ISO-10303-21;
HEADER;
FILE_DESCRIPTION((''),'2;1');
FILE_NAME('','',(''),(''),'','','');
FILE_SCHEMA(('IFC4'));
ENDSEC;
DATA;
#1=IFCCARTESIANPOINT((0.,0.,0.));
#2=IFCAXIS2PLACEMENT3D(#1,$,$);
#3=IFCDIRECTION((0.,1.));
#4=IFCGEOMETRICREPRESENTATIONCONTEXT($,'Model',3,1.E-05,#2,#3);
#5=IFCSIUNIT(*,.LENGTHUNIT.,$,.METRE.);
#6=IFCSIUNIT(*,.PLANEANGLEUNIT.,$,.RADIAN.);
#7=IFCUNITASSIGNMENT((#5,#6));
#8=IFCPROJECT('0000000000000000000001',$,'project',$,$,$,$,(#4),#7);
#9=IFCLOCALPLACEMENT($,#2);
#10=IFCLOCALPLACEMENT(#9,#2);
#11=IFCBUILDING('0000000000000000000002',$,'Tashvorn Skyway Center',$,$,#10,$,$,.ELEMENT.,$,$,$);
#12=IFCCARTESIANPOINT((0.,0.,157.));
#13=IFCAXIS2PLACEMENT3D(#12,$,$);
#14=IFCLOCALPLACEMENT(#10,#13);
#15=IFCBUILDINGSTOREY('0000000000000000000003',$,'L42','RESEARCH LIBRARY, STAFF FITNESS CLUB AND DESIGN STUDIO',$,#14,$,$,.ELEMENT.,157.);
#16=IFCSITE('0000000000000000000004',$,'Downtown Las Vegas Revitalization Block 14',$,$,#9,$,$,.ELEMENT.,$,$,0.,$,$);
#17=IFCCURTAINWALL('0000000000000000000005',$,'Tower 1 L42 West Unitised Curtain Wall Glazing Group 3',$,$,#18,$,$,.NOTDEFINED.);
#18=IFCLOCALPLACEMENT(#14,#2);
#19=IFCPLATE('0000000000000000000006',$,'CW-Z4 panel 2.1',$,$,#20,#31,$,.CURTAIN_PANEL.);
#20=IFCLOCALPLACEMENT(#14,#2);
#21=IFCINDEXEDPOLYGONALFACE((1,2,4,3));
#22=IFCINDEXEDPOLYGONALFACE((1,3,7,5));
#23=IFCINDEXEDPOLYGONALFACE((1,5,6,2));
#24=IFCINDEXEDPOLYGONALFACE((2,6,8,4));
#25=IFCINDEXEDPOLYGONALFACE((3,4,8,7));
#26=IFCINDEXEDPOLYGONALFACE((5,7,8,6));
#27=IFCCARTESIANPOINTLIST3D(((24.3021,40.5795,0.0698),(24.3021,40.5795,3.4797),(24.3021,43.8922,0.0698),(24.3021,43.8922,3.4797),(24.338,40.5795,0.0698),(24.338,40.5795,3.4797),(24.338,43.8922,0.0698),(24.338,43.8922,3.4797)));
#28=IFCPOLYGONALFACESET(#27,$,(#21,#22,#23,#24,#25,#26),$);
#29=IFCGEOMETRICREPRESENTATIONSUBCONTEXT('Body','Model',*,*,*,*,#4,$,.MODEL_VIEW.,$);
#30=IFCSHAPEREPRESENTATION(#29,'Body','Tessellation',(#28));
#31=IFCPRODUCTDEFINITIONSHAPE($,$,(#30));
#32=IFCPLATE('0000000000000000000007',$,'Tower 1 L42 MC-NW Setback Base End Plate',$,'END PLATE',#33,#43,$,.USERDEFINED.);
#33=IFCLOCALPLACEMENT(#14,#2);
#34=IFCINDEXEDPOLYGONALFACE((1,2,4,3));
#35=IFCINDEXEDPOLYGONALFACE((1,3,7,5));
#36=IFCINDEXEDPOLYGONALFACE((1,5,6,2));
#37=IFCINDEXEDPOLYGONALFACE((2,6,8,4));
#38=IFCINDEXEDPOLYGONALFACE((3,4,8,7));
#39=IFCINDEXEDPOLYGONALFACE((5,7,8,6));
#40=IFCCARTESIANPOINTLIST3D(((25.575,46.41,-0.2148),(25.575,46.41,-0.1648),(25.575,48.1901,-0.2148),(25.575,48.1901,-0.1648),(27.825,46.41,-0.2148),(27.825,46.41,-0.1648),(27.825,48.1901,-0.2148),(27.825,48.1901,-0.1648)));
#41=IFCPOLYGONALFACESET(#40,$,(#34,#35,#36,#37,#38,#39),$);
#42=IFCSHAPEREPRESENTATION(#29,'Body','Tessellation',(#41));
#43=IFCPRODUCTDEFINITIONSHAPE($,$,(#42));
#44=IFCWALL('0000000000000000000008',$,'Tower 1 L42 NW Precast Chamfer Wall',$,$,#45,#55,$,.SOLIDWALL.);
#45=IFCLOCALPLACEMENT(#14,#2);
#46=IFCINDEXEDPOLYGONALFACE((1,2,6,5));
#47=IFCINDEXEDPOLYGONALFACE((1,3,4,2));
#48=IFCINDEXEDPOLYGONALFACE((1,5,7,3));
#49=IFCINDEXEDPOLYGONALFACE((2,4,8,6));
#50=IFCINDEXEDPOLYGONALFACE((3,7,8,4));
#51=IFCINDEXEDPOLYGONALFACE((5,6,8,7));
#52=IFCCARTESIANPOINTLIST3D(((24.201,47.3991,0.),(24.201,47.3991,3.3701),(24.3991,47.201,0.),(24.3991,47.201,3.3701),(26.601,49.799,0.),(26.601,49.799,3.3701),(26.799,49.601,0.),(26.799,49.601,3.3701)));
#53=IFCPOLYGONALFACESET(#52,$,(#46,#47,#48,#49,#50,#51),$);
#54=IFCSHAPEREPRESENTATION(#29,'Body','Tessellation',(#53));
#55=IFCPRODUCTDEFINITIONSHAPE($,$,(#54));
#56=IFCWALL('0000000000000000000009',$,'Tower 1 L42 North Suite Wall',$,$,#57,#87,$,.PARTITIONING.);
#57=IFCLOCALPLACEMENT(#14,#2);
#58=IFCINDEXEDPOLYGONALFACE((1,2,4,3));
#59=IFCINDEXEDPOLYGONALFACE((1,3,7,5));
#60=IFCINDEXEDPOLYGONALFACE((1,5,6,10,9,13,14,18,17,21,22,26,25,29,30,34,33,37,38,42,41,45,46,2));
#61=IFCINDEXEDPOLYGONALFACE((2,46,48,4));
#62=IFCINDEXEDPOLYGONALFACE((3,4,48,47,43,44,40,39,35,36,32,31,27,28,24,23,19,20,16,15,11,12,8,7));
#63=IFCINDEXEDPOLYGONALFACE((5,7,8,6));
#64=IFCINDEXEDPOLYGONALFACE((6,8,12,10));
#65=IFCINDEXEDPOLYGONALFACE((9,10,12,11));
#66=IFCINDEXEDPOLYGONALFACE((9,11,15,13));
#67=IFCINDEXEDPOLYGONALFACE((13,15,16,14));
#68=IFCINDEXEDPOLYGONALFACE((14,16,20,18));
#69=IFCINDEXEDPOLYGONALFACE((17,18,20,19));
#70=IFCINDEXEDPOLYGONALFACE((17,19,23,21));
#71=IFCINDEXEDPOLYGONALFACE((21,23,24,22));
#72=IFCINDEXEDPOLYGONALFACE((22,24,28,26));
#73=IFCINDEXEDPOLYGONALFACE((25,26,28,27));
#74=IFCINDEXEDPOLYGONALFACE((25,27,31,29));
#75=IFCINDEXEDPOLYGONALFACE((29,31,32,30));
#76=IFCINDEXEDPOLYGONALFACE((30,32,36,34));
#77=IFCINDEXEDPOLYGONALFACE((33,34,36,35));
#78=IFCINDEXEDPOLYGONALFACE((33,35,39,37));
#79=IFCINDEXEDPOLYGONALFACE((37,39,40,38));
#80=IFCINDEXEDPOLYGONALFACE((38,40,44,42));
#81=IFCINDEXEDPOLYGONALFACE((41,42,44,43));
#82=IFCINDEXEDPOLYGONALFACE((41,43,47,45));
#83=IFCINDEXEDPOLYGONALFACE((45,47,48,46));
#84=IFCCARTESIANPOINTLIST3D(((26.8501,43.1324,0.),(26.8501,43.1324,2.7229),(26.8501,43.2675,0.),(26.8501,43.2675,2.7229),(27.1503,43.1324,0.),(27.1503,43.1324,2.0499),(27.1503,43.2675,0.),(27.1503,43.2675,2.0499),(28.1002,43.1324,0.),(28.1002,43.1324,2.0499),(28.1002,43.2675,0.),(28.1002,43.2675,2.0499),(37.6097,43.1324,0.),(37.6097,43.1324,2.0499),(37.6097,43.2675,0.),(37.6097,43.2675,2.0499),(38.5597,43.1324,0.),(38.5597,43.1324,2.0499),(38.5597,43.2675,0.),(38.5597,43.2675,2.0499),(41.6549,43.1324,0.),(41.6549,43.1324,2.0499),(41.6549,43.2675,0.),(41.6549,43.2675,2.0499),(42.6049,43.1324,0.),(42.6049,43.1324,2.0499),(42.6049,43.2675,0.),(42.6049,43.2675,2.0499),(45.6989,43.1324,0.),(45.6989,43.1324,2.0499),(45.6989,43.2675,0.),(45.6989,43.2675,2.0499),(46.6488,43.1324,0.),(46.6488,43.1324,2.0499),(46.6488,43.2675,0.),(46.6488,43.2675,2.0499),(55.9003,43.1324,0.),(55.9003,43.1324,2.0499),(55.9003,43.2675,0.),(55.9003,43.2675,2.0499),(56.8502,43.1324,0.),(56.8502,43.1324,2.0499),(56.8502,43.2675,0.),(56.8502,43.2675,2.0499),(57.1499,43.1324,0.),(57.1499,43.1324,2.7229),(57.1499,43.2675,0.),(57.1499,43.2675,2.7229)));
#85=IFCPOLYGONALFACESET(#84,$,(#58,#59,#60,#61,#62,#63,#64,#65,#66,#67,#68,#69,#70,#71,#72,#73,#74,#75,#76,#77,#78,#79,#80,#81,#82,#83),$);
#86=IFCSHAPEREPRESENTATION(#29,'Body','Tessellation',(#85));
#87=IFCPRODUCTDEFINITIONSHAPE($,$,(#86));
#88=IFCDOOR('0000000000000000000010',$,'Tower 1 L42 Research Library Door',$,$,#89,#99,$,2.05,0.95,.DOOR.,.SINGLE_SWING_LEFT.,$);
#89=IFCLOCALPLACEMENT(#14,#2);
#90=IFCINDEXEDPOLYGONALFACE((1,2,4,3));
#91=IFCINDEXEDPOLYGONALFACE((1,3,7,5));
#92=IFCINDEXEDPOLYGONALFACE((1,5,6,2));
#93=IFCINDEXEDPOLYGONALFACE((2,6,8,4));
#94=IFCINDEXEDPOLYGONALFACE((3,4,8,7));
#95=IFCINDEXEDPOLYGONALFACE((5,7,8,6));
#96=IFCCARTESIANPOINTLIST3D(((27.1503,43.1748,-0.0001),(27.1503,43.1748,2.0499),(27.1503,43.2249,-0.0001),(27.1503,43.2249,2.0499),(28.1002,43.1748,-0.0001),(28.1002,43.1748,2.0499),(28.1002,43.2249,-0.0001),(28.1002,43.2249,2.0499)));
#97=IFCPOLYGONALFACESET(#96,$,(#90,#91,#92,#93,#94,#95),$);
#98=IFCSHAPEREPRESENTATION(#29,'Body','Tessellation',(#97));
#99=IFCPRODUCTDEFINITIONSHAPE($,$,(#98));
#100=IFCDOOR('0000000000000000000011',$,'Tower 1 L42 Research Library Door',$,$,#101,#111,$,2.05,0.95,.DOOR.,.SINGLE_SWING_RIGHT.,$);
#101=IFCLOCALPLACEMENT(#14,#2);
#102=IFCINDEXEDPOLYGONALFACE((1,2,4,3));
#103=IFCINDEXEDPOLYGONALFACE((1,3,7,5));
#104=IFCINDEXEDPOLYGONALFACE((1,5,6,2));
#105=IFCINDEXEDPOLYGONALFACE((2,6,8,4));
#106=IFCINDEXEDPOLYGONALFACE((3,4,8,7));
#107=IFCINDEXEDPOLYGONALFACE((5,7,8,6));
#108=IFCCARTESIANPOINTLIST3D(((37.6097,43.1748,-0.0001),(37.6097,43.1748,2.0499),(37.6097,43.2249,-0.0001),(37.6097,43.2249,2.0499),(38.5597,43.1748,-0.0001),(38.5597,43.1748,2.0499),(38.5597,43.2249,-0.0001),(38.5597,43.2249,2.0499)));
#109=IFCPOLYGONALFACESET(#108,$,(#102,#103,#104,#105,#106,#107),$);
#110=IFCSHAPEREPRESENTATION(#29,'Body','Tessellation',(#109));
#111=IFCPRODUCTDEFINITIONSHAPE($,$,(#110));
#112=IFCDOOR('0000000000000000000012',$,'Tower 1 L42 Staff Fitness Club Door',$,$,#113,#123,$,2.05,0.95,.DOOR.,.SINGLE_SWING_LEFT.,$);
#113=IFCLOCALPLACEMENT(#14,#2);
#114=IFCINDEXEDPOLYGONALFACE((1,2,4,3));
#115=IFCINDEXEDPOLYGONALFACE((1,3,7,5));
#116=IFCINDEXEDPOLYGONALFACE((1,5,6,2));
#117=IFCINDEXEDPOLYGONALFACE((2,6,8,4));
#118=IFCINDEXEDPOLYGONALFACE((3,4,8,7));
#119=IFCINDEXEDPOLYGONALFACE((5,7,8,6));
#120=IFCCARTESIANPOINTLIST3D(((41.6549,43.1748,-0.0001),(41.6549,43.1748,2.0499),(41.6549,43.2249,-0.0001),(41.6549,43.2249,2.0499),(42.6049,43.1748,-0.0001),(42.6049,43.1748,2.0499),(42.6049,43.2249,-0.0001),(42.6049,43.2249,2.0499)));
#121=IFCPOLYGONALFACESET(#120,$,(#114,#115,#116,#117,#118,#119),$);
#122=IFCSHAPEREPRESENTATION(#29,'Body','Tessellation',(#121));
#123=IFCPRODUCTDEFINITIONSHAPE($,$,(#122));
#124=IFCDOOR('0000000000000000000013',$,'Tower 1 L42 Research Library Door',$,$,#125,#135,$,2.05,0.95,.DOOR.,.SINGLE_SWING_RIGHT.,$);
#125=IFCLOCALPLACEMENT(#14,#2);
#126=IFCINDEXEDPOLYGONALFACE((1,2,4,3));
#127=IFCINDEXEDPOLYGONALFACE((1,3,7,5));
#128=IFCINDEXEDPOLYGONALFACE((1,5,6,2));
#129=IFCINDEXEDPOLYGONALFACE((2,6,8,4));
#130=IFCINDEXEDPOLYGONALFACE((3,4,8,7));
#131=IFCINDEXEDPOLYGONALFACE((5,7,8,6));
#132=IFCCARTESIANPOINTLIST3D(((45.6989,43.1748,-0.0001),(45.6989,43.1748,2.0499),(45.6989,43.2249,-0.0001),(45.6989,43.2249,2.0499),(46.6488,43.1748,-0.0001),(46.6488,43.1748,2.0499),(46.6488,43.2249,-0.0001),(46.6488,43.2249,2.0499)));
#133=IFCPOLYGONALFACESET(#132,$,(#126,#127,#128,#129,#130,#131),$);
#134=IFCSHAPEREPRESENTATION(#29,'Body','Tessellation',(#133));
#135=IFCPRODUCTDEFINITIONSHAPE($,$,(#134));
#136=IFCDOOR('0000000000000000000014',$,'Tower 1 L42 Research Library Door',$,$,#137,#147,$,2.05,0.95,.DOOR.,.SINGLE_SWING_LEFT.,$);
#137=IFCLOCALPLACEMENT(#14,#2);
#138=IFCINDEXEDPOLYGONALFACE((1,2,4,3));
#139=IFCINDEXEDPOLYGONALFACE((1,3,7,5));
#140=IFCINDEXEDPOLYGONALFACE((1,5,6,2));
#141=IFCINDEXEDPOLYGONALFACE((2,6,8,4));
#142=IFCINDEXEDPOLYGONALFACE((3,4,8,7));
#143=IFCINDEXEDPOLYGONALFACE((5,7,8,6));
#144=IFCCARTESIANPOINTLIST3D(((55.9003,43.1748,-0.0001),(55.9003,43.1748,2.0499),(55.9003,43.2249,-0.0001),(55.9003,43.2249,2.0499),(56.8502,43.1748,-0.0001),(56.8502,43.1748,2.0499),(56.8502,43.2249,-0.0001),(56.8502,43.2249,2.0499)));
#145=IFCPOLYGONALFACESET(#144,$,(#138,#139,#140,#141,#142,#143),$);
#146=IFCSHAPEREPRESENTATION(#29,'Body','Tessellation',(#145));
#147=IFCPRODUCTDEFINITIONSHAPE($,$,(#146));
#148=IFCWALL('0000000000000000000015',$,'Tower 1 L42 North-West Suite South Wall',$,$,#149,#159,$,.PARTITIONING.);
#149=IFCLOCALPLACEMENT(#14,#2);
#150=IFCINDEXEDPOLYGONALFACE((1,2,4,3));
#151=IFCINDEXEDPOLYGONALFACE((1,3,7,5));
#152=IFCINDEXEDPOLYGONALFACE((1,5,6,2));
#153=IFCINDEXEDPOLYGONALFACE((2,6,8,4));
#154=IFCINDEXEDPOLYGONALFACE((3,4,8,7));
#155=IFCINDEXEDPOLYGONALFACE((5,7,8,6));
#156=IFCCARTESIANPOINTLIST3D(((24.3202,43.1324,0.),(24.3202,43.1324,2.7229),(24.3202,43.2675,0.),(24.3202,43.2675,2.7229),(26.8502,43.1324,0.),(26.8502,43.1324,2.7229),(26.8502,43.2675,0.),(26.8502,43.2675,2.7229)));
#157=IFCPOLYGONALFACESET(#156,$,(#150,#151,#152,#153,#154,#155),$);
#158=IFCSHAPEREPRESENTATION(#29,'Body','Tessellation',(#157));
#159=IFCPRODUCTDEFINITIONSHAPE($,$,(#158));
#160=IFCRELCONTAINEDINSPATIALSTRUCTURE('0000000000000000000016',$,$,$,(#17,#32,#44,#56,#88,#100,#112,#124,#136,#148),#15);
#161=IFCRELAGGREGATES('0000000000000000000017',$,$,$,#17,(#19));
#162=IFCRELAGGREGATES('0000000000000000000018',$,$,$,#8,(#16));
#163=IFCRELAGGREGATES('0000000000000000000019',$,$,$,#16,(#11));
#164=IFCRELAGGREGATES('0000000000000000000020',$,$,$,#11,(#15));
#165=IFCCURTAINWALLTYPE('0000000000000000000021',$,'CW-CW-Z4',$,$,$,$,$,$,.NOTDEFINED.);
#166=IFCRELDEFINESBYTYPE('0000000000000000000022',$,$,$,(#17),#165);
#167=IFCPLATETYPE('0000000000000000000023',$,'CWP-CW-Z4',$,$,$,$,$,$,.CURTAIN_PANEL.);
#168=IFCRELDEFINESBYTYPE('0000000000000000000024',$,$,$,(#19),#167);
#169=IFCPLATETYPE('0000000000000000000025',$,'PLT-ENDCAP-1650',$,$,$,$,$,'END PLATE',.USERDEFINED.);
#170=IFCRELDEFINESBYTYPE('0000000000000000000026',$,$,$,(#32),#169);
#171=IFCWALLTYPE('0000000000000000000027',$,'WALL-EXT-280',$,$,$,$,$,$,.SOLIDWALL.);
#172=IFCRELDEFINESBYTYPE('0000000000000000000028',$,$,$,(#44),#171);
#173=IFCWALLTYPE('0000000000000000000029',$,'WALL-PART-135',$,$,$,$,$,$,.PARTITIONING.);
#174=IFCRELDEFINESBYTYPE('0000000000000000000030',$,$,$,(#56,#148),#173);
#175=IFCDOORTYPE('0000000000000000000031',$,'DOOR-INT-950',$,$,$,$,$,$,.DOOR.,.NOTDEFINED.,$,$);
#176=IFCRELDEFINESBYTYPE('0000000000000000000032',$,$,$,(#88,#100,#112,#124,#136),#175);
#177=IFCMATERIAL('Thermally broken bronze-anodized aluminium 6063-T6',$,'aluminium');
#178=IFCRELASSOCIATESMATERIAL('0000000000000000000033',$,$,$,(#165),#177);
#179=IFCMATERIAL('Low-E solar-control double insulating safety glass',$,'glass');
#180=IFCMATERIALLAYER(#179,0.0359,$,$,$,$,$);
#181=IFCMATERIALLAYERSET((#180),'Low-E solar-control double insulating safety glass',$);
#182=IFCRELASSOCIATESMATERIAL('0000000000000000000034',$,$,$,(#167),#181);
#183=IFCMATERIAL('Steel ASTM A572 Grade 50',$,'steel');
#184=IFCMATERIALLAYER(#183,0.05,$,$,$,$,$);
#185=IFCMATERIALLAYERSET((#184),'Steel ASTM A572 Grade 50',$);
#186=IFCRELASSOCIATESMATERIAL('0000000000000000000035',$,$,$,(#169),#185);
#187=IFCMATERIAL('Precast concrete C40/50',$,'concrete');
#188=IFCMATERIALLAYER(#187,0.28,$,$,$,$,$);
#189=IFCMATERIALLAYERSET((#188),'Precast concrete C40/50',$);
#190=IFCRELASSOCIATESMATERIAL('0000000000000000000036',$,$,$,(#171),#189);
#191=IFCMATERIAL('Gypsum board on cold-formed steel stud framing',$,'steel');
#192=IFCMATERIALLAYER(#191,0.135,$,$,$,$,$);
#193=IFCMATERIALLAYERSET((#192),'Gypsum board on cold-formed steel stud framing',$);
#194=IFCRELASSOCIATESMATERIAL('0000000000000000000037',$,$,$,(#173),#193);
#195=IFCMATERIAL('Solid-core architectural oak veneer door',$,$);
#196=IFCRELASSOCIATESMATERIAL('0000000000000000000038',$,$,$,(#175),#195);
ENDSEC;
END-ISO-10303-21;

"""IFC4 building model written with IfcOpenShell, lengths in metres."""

from ifc_helpers import new_model, si_unit, direction, frame, frame_2d, origin, origin_2d, place, context, subcontext, project, spatial, rectangle, extrude, material, layer, layer_set, type_object, element, fill, aggregate, save


model = new_model("IFC4")

# Units and contexts
model_context = context("Model", 3, precision=1e-05, world=origin(), true_north=direction((0.0, 1.0)))
body_context = subcontext(model_context, "Body", "Model", "MODEL_VIEW")
ifc_project = project(units=[si_unit("LENGTHUNIT", "METRE"), si_unit("PLANEANGLEUNIT", "RADIAN")], contexts=[model_context])

# Site, building, storey
site_placement = place(None, origin())
site = spatial("IfcSite", under=ifc_project, at=site_placement, Name="Downtown Las Vegas Revitalization Block 14", CompositionType="ELEMENT", RefElevation=0.0)
building_placement = place(site_placement, origin())
building = spatial("IfcBuilding", under=site, at=building_placement, Name="Tashvorn Skyway Center", CompositionType="ELEMENT")
storey_placement = place(building_placement, frame((0.0, 0.0, 157.0)))
storey = spatial("IfcBuildingStorey", under=building, at=storey_placement, Name="L42", Description="RESEARCH LIBRARY, STAFF FITNESS CLUB AND DESIGN STUDIO", CompositionType="ELEMENT", Elevation=157.0)

# Shared definitions
ifc_material_1 = material(Name="Steel ASTM A572 Grade 50", Category="steel")

# Curtain wall
ifc_material_2 = material(Name="Thermally broken bronze-anodized aluminium 6063-T6", Category="aluminium")
curtain_wall_type = type_object("IfcCurtainWallType", Name="CW-CW-Z4", PredefinedType="NOTDEFINED", material=ifc_material_2)
curtain_wall_placement = place(storey_placement, origin())
curtain_wall = element("IfcCurtainWall", 1, at=curtain_wall_placement, inside=storey, type_object=curtain_wall_type, Name="Tower 1 L42 West Unitised Curtain Wall Glazing Group 3", PredefinedType="NOTDEFINED")

# Plates
ifc_material_3 = material(Name="Low-E solar-control double insulating safety glass", Category="glass")
ifc_layer_1 = layer(ifc_material_3, 0.0359)
ifc_layer_set_1 = layer_set([ifc_layer_1], Name="Low-E solar-control double insulating safety glass")
plate_type_1 = type_object("IfcPlateType", Name="CWP-CW-Z4", PredefinedType="CURTAIN_PANEL", material=ifc_layer_set_1)
plate_1_placement = place(storey_placement, frame((24.3201, 42.2358, 0.0698), z_axis=(0.0, 0.0, 1.0), x_axis=(0.0, 1.0, 0.0)))
plate_1 = element("IfcPlate", 2, at=plate_1_placement, type_object=plate_type_1, Name="CW-Z4 panel 2.1", PredefinedType="CURTAIN_PANEL", context=body_context, shape_type="SweptSolid", body=[
    extrude(rectangle(XDim=3.3127, YDim=0.0359, at=origin_2d()), origin(), (0.0, 0.0, 1.0), 3.4099),
])
aggregate(curtain_wall, [plate_1])
ifc_layer_2 = layer(ifc_material_1, 0.05)
ifc_layer_set_2 = layer_set([ifc_layer_2], Name="Steel ASTM A572 Grade 50")
plate_type_2 = type_object("IfcPlateType", Name="PLT-ENDCAP-1650", ElementType="END PLATE", PredefinedType="USERDEFINED", material=ifc_layer_set_2)
plate_2_placement = place(storey_placement, frame((26.7, 47.3, -0.2148), z_axis=(0.0, 0.0, 1.0), x_axis=(1.0, 0.0, 0.0)))
element("IfcPlate", 3, at=plate_2_placement, inside=storey, type_object=plate_type_2, Name="Tower 1 L42 MC-NW Setback Base End Plate", ObjectType="END PLATE", PredefinedType="USERDEFINED", context=body_context, shape_type="SweptSolid", body=[
    extrude(rectangle(XDim=2.25, YDim=1.78, at=origin_2d()), origin(), (0.0, 0.0, 1.0), 0.05),
])

# Wall
ifc_material_4 = material(Name="Precast concrete C40/50", Category="concrete")
ifc_layer_3 = layer(ifc_material_4, 0.28)
ifc_layer_set_3 = layer_set([ifc_layer_3], Name="Precast concrete C40/50")
wall_type_1 = type_object("IfcWallType", Name="WALL-EXT-280", PredefinedType="SOLIDWALL", material=ifc_layer_set_3)
wall_1_placement = place(storey_placement, frame((24.3, 47.3, 0.0), z_axis=(0.0, 0.0, 1.0), x_axis=(0.707107, 0.707107, 0.0)))
element("IfcWall", 4, at=wall_1_placement, inside=storey, type_object=wall_type_1, Name="Tower 1 L42 NW Precast Chamfer Wall", PredefinedType="SOLIDWALL", context=body_context, shape_type="SweptSolid", body=[
    extrude(rectangle(XDim=3.394, YDim=0.28, at=frame_2d((1.697, 0.0))), origin(), (0.0, 0.0, 1.0), 3.3701),
])

# Wall, openings, doors
ifc_material_5 = material(Name="Gypsum board on cold-formed steel stud framing", Category="steel")
ifc_layer_4 = layer(ifc_material_5, 0.135)
ifc_layer_set_4 = layer_set([ifc_layer_4], Name="Gypsum board on cold-formed steel stud framing")
wall_type_2 = type_object("IfcWallType", Name="WALL-PART-135", PredefinedType="PARTITIONING", material=ifc_layer_set_4)
wall_2_placement = place(storey_placement, frame((26.8501, 43.2, 0.0), z_axis=(0.0, 0.0, 1.0), x_axis=(1.0, 0.0, 0.0)))
wall_2 = element("IfcWall", 5, at=wall_2_placement, inside=storey, type_object=wall_type_2, Name="Tower 1 L42 North Suite Wall", PredefinedType="PARTITIONING", context=body_context, shape_type="SweptSolid", body=[
    extrude(rectangle(XDim=30.2998, YDim=0.135, at=frame_2d((15.1499, 0.0))), origin(), (0.0, 0.0, 1.0), 2.7229),
])
opening_1_placement = place(wall_2_placement, frame((0.3, 0.0, 0.0)))
opening_1 = element("IfcOpeningElement", 6, at=opening_1_placement, cuts=wall_2, PredefinedType="OPENING", context=body_context, shape_type="SweptSolid", body=[
    extrude(rectangle(XDim=0.95, YDim=2.05, at=frame_2d((0.4751, 1.0249))), frame((0.0, 0.0774, 0.0), z_axis=(0.0, -1.0, 0.0), x_axis=(1.0, 0.0, 0.0)), (0.0, 0.0, 1.0), 0.155),
])
opening_2_placement = place(wall_2_placement, frame((10.7595, 0.0, 0.0)))
opening_2 = element("IfcOpeningElement", 7, at=opening_2_placement, cuts=wall_2, PredefinedType="OPENING", context=body_context, shape_type="SweptSolid", body=[
    extrude(rectangle(XDim=0.95, YDim=2.05, at=frame_2d((0.4751, 1.0249))), frame((0.0, 0.0774, 0.0), z_axis=(0.0, -1.0, 0.0), x_axis=(1.0, 0.0, 0.0)), (0.0, 0.0, 1.0), 0.155),
])
opening_3_placement = place(wall_2_placement, frame((14.8047, 0.0, 0.0)))
opening_3 = element("IfcOpeningElement", 8, at=opening_3_placement, cuts=wall_2, PredefinedType="OPENING", context=body_context, shape_type="SweptSolid", body=[
    extrude(rectangle(XDim=0.95, YDim=2.05, at=frame_2d((0.4751, 1.0249))), frame((0.0, 0.0774, 0.0), z_axis=(0.0, -1.0, 0.0), x_axis=(1.0, 0.0, 0.0)), (0.0, 0.0, 1.0), 0.155),
])
opening_4_placement = place(wall_2_placement, frame((18.8486, 0.0, 0.0)))
opening_4 = element("IfcOpeningElement", 9, at=opening_4_placement, cuts=wall_2, PredefinedType="OPENING", context=body_context, shape_type="SweptSolid", body=[
    extrude(rectangle(XDim=0.95, YDim=2.05, at=frame_2d((0.4751, 1.0249))), frame((0.0, 0.0774, 0.0), z_axis=(0.0, -1.0, 0.0), x_axis=(1.0, 0.0, 0.0)), (0.0, 0.0, 1.0), 0.155),
])
opening_5_placement = place(wall_2_placement, frame((29.05, 0.0, 0.0)))
opening_5 = element("IfcOpeningElement", 10, at=opening_5_placement, cuts=wall_2, PredefinedType="OPENING", context=body_context, shape_type="SweptSolid", body=[
    extrude(rectangle(XDim=0.95, YDim=2.05, at=frame_2d((0.4751, 1.0249))), frame((0.0, 0.0774, 0.0), z_axis=(0.0, -1.0, 0.0), x_axis=(1.0, 0.0, 0.0)), (0.0, 0.0, 1.0), 0.155),
])
ifc_material_6 = material(Name="Solid-core architectural oak veneer door")
door_type = type_object("IfcDoorType", Name="DOOR-INT-950", OperationType="NOTDEFINED", PredefinedType="DOOR", material=ifc_material_6)
door_1_placement = place(opening_1_placement, origin())
door_1 = element("IfcDoor", 11, at=door_1_placement, inside=storey, type_object=door_type, Name="Tower 1 L42 Research Library Door", OperationType="SINGLE_SWING_LEFT", OverallHeight=2.05, OverallWidth=0.95, PredefinedType="DOOR", context=body_context, shape_type="SweptSolid", body=[
    extrude(rectangle(XDim=0.95, YDim=2.05, at=frame_2d((0.4751, 1.0249))), frame((0.0, 0.0249, 0.0), z_axis=(0.0, -1.0, 0.0), x_axis=(1.0, 0.0, 0.0)), (0.0, 0.0, 1.0), 0.05),
])
fill(opening_1, door_1)
door_2_placement = place(opening_2_placement, origin())
door_2 = element("IfcDoor", 12, at=door_2_placement, inside=storey, type_object=door_type, Name="Tower 1 L42 Research Library Door", OperationType="SINGLE_SWING_RIGHT", OverallHeight=2.05, OverallWidth=0.95, PredefinedType="DOOR", context=body_context, shape_type="SweptSolid", body=[
    extrude(rectangle(XDim=0.95, YDim=2.05, at=frame_2d((0.4751, 1.0249))), frame((0.0, 0.0249, 0.0), z_axis=(0.0, -1.0, 0.0), x_axis=(1.0, 0.0, 0.0)), (0.0, 0.0, 1.0), 0.05),
])
fill(opening_2, door_2)
door_3_placement = place(opening_3_placement, origin())
door_3 = element("IfcDoor", 13, at=door_3_placement, inside=storey, type_object=door_type, Name="Tower 1 L42 Staff Fitness Club Door", OperationType="SINGLE_SWING_LEFT", OverallHeight=2.05, OverallWidth=0.95, PredefinedType="DOOR", context=body_context, shape_type="SweptSolid", body=[
    extrude(rectangle(XDim=0.95, YDim=2.05, at=frame_2d((0.4751, 1.0249))), frame((0.0, 0.0249, 0.0), z_axis=(0.0, -1.0, 0.0), x_axis=(1.0, 0.0, 0.0)), (0.0, 0.0, 1.0), 0.05),
])
fill(opening_3, door_3)
door_4_placement = place(opening_4_placement, origin())
door_4 = element("IfcDoor", 14, at=door_4_placement, inside=storey, type_object=door_type, Name="Tower 1 L42 Research Library Door", OperationType="SINGLE_SWING_RIGHT", OverallHeight=2.05, OverallWidth=0.95, PredefinedType="DOOR", context=body_context, shape_type="SweptSolid", body=[
    extrude(rectangle(XDim=0.95, YDim=2.05, at=frame_2d((0.4751, 1.0249))), frame((0.0, 0.0249, 0.0), z_axis=(0.0, -1.0, 0.0), x_axis=(1.0, 0.0, 0.0)), (0.0, 0.0, 1.0), 0.05),
])
fill(opening_4, door_4)
door_5_placement = place(opening_5_placement, origin())
door_5 = element("IfcDoor", 15, at=door_5_placement, inside=storey, type_object=door_type, Name="Tower 1 L42 Research Library Door", OperationType="SINGLE_SWING_LEFT", OverallHeight=2.05, OverallWidth=0.95, PredefinedType="DOOR", context=body_context, shape_type="SweptSolid", body=[
    extrude(rectangle(XDim=0.95, YDim=2.05, at=frame_2d((0.4751, 1.0249))), frame((0.0, 0.0249, 0.0), z_axis=(0.0, -1.0, 0.0), x_axis=(1.0, 0.0, 0.0)), (0.0, 0.0, 1.0), 0.05),
])
fill(opening_5, door_5)

# Wall
wall_3_placement = place(storey_placement, frame((24.3201, 43.2, 0.0), z_axis=(0.0, 0.0, 1.0), x_axis=(1.0, 0.0, 0.0)))
element("IfcWall", 16, at=wall_3_placement, inside=storey, type_object=wall_type_2, Name="Tower 1 L42 North-West Suite South Wall", PredefinedType="PARTITIONING", context=body_context, shape_type="SweptSolid", body=[
    extrude(rectangle(XDim=2.53, YDim=0.135, at=frame_2d((1.2651, 0.0))), origin(), (0.0, 0.0, 1.0), 2.7229),
])

save(model, "model.ifc")
